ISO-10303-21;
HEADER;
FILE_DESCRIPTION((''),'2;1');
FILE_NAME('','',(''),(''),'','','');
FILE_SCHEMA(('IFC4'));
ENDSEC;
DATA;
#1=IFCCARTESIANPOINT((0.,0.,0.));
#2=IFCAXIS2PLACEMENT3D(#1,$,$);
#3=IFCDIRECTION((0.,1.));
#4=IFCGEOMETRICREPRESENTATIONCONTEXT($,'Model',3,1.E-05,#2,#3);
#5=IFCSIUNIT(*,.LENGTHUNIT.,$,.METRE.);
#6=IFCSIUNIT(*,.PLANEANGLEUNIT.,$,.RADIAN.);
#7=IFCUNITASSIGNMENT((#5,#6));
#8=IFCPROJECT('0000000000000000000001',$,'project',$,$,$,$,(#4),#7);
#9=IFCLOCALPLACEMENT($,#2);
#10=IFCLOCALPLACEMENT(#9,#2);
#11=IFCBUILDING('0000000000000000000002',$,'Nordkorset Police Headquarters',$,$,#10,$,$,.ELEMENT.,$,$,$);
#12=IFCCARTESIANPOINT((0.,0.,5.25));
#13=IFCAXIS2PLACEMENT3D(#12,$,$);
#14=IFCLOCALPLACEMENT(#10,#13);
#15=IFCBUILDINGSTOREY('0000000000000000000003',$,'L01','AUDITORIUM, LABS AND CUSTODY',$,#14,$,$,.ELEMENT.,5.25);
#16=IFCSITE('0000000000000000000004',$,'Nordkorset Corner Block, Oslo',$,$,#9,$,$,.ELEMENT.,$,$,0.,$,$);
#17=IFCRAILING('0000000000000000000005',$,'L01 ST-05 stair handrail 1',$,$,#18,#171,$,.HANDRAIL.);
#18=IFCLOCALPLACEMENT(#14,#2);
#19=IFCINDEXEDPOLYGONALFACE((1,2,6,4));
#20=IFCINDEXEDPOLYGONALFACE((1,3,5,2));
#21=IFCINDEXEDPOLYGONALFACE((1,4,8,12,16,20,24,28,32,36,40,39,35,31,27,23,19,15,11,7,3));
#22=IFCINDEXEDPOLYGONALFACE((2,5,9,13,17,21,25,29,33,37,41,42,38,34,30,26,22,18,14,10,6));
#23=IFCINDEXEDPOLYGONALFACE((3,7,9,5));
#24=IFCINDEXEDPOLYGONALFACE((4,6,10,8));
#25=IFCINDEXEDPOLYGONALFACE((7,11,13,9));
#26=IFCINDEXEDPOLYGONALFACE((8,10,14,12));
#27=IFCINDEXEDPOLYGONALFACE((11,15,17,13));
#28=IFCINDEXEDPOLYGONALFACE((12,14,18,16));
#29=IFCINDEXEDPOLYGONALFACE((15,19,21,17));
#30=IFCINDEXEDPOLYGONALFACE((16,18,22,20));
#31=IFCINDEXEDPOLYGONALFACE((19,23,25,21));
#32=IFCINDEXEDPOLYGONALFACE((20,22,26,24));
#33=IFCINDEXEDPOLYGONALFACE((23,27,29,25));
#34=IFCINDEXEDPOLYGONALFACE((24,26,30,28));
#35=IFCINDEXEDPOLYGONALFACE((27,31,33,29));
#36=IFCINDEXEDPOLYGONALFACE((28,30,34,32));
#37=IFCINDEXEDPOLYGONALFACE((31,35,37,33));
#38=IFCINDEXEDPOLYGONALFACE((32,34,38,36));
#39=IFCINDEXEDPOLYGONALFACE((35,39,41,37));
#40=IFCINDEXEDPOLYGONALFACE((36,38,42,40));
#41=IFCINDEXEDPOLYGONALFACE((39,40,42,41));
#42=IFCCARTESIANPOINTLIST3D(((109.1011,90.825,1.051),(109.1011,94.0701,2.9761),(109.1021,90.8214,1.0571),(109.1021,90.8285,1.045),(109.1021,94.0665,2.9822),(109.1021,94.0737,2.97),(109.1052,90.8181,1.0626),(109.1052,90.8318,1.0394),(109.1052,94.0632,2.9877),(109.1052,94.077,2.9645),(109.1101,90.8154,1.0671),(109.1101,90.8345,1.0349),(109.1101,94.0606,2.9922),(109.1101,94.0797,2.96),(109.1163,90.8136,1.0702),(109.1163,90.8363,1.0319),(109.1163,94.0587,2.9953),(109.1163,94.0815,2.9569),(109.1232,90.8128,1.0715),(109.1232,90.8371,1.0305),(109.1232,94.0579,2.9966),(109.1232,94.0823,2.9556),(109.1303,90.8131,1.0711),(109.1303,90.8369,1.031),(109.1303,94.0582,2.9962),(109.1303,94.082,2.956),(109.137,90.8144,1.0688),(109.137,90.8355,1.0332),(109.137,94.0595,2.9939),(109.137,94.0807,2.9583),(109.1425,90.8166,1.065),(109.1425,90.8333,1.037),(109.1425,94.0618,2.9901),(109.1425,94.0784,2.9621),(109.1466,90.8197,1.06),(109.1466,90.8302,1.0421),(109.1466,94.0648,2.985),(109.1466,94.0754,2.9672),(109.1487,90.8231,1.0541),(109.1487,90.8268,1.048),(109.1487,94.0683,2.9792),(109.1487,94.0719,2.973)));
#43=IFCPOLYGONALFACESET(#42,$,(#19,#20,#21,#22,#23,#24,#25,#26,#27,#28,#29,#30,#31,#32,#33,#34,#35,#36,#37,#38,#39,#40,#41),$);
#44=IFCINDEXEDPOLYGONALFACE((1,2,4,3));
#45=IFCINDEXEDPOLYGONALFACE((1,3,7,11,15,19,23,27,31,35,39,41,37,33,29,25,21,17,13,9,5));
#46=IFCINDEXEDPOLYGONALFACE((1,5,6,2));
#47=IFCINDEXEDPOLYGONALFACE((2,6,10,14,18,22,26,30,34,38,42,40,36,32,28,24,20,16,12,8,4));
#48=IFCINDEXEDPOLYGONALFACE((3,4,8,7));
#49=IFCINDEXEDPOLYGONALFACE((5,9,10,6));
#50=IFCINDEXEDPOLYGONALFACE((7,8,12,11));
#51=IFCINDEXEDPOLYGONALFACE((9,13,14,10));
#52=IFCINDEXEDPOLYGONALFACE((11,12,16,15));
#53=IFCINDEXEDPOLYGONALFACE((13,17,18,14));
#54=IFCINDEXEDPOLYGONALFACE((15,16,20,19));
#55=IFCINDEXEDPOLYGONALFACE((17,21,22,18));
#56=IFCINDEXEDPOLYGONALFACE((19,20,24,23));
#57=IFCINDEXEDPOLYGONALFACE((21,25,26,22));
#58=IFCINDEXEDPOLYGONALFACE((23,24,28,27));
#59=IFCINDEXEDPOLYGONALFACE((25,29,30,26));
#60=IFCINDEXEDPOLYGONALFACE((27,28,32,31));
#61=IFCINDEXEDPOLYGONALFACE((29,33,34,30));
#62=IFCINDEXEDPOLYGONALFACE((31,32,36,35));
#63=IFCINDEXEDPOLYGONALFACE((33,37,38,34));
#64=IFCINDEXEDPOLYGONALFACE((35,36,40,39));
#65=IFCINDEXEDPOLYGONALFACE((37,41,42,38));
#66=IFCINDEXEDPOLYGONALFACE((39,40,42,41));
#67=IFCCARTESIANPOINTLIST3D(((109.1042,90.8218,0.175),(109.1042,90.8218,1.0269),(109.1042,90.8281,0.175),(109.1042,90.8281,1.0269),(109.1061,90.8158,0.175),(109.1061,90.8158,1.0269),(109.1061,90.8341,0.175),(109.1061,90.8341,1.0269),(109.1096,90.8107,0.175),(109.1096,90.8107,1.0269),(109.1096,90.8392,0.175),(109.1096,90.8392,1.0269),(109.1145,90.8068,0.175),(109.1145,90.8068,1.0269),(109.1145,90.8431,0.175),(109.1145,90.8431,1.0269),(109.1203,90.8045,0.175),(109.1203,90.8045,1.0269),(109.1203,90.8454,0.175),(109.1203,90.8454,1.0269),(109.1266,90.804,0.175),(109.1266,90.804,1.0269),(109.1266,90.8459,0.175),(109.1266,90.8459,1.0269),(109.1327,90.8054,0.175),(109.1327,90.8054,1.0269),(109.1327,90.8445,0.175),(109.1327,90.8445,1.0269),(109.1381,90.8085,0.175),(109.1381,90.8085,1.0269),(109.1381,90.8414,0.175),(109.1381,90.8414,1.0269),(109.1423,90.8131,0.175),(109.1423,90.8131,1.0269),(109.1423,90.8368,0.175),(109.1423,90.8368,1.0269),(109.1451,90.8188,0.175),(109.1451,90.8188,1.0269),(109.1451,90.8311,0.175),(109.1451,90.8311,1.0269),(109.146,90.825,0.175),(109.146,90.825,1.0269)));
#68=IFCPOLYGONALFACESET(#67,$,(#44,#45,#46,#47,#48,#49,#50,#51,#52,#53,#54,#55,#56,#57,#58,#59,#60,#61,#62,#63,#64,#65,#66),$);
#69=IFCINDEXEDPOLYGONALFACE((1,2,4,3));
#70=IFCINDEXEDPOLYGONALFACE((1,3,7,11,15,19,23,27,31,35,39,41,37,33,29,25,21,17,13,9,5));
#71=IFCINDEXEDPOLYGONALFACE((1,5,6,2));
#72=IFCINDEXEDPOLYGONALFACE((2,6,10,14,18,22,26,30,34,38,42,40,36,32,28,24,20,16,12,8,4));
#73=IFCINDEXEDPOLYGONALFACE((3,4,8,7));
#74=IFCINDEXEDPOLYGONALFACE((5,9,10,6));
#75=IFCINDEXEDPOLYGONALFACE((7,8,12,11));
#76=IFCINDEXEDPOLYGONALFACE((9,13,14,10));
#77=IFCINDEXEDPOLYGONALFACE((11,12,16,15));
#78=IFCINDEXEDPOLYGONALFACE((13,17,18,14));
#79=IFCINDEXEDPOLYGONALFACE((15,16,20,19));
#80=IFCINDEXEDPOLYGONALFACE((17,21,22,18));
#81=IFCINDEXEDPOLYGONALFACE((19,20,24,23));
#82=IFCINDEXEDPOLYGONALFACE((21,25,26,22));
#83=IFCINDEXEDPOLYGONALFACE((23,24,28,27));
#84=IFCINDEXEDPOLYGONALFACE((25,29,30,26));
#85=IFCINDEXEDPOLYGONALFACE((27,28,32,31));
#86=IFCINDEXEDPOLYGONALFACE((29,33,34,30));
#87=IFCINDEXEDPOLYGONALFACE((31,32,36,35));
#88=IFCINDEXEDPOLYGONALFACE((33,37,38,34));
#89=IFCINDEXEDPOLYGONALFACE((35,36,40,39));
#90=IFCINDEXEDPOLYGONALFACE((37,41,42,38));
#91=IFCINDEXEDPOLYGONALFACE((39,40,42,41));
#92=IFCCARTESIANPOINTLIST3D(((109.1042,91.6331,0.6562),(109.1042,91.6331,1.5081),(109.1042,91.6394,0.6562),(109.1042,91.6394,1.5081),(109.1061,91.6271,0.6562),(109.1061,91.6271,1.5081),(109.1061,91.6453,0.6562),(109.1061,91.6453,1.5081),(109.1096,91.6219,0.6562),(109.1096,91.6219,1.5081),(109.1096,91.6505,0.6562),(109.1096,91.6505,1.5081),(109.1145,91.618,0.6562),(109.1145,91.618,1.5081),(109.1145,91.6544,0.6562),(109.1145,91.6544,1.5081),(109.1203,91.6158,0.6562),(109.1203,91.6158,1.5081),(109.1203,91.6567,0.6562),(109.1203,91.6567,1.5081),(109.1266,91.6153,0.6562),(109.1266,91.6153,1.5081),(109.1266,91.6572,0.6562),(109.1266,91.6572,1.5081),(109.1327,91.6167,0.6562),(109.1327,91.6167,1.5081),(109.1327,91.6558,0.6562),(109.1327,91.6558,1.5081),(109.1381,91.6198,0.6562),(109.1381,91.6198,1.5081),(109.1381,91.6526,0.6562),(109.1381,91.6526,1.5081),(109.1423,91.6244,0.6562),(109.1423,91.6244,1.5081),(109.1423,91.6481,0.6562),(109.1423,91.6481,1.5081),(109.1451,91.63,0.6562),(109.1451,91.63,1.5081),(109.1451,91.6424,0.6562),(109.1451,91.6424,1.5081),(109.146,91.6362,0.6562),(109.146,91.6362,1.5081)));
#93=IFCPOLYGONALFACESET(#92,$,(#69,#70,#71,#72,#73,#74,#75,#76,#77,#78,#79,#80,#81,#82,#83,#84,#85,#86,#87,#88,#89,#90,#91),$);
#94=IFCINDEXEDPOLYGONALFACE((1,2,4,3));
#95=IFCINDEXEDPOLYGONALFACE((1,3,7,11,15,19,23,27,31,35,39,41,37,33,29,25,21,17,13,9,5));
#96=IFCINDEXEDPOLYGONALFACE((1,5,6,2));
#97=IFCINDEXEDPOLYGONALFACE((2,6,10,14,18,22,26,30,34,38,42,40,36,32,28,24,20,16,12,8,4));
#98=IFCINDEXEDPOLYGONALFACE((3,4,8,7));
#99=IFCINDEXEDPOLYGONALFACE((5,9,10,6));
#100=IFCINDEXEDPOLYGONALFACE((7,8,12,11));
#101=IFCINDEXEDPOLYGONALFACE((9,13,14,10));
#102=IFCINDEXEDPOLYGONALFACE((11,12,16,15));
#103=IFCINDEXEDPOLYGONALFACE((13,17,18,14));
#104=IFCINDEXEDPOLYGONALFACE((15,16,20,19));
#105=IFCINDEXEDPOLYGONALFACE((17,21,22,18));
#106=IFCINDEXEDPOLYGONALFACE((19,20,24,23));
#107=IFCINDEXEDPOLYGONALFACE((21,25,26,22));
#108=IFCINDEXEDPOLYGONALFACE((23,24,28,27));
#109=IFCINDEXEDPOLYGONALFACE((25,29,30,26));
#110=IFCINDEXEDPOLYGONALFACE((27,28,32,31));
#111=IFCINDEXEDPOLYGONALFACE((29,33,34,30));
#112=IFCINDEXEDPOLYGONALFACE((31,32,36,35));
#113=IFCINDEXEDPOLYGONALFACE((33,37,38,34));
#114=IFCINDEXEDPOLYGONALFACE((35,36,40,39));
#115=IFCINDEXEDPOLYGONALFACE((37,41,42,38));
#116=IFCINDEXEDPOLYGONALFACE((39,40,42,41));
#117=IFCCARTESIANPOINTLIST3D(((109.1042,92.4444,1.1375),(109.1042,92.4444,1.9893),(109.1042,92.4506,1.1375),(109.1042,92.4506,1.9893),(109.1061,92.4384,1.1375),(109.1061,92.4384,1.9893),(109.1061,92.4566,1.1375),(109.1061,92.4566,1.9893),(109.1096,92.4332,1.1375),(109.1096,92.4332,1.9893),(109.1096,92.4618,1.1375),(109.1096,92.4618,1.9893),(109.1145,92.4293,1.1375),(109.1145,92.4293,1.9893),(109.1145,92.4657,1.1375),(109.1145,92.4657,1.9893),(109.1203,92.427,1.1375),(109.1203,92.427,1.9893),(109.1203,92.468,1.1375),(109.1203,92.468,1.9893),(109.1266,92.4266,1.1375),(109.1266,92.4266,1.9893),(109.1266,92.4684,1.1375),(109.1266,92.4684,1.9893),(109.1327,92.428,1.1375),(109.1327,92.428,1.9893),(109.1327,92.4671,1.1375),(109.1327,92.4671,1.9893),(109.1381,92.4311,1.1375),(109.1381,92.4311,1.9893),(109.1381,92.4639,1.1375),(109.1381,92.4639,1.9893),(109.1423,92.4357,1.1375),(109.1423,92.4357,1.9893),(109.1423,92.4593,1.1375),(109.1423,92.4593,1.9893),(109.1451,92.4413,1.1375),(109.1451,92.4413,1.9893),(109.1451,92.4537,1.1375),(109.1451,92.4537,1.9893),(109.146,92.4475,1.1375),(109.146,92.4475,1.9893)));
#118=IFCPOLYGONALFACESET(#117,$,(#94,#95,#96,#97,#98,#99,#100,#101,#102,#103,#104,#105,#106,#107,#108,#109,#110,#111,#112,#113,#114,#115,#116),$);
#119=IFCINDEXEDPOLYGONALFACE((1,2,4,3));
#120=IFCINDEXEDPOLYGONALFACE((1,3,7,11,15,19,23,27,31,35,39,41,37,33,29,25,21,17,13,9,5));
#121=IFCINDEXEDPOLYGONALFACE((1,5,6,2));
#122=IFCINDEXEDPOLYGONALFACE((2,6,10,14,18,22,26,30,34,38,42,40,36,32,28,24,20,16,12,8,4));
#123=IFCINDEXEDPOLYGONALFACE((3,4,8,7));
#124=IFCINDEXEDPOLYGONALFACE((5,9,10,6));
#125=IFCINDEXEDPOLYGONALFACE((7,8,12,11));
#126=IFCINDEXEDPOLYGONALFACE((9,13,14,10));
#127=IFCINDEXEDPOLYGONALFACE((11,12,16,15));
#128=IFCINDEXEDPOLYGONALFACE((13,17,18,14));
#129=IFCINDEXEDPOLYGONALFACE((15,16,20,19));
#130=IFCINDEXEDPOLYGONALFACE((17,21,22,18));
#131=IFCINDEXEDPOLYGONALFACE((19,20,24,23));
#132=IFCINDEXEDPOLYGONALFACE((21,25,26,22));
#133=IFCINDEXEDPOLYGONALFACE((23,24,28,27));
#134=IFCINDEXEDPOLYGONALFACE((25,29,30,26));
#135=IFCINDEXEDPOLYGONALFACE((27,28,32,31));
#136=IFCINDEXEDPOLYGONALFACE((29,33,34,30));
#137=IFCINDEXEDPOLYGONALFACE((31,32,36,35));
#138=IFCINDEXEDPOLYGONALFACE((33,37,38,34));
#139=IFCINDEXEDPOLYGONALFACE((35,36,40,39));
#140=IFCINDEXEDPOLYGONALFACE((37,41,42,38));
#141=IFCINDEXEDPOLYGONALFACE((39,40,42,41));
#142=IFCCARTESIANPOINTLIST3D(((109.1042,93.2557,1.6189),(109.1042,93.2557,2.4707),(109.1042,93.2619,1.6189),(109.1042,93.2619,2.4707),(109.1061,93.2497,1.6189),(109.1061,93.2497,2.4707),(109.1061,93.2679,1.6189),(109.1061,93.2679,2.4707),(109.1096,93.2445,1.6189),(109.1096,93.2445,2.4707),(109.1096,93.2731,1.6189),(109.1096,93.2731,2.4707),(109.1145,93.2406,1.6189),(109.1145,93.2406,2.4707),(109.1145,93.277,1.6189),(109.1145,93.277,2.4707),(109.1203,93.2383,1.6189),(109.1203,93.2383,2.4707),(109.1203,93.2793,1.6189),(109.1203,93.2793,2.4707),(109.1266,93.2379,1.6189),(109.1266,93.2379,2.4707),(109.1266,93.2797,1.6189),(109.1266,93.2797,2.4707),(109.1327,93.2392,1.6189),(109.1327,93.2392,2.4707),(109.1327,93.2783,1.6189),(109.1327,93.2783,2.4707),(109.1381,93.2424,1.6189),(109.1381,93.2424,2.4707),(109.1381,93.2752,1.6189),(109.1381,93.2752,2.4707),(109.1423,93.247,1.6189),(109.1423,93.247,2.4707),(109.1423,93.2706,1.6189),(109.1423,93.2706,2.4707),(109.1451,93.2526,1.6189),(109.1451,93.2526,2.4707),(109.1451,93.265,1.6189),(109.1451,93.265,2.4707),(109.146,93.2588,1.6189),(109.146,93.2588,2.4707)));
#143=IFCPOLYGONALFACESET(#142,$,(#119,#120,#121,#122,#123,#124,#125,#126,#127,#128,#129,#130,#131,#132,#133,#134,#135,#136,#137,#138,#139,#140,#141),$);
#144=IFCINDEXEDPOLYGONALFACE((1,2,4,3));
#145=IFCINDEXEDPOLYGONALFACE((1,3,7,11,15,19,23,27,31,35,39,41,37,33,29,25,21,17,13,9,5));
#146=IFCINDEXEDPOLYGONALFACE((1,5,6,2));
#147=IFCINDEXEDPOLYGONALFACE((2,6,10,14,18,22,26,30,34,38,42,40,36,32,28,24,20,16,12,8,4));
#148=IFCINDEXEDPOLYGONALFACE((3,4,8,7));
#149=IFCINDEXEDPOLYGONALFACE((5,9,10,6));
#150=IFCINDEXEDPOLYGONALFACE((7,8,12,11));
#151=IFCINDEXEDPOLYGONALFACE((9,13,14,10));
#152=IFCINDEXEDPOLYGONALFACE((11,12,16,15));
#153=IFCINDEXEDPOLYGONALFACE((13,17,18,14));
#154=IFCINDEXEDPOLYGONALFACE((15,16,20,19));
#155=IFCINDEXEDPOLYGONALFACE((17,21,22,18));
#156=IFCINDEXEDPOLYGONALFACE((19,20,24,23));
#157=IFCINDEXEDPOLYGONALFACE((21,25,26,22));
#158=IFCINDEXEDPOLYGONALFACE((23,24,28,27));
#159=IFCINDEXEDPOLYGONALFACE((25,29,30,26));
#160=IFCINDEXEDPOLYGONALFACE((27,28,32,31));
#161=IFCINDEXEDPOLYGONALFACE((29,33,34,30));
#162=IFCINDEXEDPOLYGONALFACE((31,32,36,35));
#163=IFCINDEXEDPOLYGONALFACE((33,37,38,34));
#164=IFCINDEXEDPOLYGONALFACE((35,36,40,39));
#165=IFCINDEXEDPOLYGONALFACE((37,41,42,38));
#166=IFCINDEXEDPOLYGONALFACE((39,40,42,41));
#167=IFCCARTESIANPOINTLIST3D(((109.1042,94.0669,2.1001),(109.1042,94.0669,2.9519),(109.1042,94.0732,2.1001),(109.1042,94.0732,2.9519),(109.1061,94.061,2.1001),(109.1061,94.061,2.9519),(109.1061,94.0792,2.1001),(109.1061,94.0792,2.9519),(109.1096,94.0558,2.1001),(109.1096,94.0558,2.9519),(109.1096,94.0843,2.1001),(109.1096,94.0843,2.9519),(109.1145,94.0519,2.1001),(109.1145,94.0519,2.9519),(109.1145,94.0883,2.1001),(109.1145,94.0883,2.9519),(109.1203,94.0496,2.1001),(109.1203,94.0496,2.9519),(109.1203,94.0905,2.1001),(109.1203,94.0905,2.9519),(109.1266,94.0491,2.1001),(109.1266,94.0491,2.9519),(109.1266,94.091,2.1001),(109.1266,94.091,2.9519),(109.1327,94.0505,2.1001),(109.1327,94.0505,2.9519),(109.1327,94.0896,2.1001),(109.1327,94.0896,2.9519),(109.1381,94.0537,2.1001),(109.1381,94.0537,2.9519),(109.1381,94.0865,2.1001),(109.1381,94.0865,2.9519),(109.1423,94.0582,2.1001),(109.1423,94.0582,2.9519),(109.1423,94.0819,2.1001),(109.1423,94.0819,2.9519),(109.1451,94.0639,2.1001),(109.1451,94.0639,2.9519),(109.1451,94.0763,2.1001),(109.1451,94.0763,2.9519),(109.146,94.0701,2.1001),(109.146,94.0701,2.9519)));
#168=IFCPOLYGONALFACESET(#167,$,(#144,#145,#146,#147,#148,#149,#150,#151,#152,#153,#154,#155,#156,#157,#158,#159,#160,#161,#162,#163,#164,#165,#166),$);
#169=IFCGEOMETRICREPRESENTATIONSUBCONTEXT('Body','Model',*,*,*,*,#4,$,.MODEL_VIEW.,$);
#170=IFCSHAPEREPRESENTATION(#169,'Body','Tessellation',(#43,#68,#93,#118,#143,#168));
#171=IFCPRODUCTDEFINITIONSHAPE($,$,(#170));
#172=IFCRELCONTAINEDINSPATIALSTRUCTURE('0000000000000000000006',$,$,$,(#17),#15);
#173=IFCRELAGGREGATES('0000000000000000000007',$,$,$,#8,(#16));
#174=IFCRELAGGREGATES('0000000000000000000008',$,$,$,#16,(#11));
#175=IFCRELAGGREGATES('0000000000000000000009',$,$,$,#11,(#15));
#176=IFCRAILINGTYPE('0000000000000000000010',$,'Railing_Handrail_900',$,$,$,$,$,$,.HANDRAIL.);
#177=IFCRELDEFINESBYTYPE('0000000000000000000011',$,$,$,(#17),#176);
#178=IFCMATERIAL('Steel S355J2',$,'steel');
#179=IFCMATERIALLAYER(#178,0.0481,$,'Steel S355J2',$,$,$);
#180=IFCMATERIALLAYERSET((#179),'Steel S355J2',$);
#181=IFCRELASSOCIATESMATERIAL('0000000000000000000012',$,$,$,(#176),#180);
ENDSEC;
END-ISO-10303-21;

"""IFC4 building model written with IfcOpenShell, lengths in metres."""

from ifc_helpers import new_model, si_unit, direction, frame, origin, origin_2d, place, context, subcontext, project, spatial, circle, extrude, material, layer, layer_set, type_object, element, save


model = new_model("IFC4")

# Units and contexts
model_context = context("Model", 3, precision=1e-05, world=origin(), true_north=direction((0.0, 1.0)))
body_context = subcontext(model_context, "Body", "Model", "MODEL_VIEW")
ifc_project = project(units=[si_unit("LENGTHUNIT", "METRE"), si_unit("PLANEANGLEUNIT", "RADIAN")], contexts=[model_context])

# Site, building, storey
site_placement = place(None, origin())
site = spatial("IfcSite", under=ifc_project, at=site_placement, Name="Nordkorset Corner Block, Oslo", CompositionType="ELEMENT", RefElevation=0.0)
building_placement = place(site_placement, origin())
building = spatial("IfcBuilding", under=site, at=building_placement, Name="Nordkorset Police Headquarters", CompositionType="ELEMENT")
storey_placement = place(building_placement, frame((0.0, 0.0, 5.25)))
storey = spatial("IfcBuildingStorey", under=building, at=storey_placement, Name="L01", Description="AUDITORIUM, LABS AND CUSTODY", CompositionType="ELEMENT", Elevation=5.25)

# Railing
ifc_material_1 = material(Name="Steel S355J2", Category="steel")
ifc_layer_1 = layer(ifc_material_1, 0.0481, Name="Steel S355J2")
ifc_layer_set_1 = layer_set([ifc_layer_1], Name="Steel S355J2")
railing_type_1 = type_object("IfcRailingType", Name="Railing_Handrail_900", PredefinedType="HANDRAIL", material=ifc_layer_set_1)
railing_1_placement = place(storey_placement, frame((109.125, 90.825, 0.175)))
element("IfcRailing", 1, at=railing_1_placement, inside=storey, type_object=railing_type_1, Name="L01 ST-05 stair handrail 1", PredefinedType="HANDRAIL", context=body_context, shape_type="SweptSolid", body=[
    extrude(circle(Radius=0.0239, at=origin_2d()), frame((0.0, 0.0, 0.876), z_axis=(0.0, 0.860057, 0.510198), x_axis=(-1.0, 0.0, 0.0)), (0.0, 0.0, 1.0), 3.7732),
    extrude(circle(Radius=0.021, at=origin_2d()), origin(), (0.0, 0.0, 1.0), 0.8518),
    extrude(circle(Radius=0.021, at=origin_2d()), frame((0.0, 0.8113, 0.4812)), (0.0, 0.0, 1.0), 0.8518),
    extrude(circle(Radius=0.021, at=origin_2d()), frame((0.0, 1.6226, 0.9624)), (0.0, 0.0, 1.0), 0.8518),
    extrude(circle(Radius=0.021, at=origin_2d()), frame((0.0, 2.4338, 1.4438)), (0.0, 0.0, 1.0), 0.8518),
    extrude(circle(Radius=0.021, at=origin_2d()), frame((0.0, 3.2451, 1.925)), (0.0, 0.0, 1.0), 0.8518),
])

save(model, "model.ifc")
